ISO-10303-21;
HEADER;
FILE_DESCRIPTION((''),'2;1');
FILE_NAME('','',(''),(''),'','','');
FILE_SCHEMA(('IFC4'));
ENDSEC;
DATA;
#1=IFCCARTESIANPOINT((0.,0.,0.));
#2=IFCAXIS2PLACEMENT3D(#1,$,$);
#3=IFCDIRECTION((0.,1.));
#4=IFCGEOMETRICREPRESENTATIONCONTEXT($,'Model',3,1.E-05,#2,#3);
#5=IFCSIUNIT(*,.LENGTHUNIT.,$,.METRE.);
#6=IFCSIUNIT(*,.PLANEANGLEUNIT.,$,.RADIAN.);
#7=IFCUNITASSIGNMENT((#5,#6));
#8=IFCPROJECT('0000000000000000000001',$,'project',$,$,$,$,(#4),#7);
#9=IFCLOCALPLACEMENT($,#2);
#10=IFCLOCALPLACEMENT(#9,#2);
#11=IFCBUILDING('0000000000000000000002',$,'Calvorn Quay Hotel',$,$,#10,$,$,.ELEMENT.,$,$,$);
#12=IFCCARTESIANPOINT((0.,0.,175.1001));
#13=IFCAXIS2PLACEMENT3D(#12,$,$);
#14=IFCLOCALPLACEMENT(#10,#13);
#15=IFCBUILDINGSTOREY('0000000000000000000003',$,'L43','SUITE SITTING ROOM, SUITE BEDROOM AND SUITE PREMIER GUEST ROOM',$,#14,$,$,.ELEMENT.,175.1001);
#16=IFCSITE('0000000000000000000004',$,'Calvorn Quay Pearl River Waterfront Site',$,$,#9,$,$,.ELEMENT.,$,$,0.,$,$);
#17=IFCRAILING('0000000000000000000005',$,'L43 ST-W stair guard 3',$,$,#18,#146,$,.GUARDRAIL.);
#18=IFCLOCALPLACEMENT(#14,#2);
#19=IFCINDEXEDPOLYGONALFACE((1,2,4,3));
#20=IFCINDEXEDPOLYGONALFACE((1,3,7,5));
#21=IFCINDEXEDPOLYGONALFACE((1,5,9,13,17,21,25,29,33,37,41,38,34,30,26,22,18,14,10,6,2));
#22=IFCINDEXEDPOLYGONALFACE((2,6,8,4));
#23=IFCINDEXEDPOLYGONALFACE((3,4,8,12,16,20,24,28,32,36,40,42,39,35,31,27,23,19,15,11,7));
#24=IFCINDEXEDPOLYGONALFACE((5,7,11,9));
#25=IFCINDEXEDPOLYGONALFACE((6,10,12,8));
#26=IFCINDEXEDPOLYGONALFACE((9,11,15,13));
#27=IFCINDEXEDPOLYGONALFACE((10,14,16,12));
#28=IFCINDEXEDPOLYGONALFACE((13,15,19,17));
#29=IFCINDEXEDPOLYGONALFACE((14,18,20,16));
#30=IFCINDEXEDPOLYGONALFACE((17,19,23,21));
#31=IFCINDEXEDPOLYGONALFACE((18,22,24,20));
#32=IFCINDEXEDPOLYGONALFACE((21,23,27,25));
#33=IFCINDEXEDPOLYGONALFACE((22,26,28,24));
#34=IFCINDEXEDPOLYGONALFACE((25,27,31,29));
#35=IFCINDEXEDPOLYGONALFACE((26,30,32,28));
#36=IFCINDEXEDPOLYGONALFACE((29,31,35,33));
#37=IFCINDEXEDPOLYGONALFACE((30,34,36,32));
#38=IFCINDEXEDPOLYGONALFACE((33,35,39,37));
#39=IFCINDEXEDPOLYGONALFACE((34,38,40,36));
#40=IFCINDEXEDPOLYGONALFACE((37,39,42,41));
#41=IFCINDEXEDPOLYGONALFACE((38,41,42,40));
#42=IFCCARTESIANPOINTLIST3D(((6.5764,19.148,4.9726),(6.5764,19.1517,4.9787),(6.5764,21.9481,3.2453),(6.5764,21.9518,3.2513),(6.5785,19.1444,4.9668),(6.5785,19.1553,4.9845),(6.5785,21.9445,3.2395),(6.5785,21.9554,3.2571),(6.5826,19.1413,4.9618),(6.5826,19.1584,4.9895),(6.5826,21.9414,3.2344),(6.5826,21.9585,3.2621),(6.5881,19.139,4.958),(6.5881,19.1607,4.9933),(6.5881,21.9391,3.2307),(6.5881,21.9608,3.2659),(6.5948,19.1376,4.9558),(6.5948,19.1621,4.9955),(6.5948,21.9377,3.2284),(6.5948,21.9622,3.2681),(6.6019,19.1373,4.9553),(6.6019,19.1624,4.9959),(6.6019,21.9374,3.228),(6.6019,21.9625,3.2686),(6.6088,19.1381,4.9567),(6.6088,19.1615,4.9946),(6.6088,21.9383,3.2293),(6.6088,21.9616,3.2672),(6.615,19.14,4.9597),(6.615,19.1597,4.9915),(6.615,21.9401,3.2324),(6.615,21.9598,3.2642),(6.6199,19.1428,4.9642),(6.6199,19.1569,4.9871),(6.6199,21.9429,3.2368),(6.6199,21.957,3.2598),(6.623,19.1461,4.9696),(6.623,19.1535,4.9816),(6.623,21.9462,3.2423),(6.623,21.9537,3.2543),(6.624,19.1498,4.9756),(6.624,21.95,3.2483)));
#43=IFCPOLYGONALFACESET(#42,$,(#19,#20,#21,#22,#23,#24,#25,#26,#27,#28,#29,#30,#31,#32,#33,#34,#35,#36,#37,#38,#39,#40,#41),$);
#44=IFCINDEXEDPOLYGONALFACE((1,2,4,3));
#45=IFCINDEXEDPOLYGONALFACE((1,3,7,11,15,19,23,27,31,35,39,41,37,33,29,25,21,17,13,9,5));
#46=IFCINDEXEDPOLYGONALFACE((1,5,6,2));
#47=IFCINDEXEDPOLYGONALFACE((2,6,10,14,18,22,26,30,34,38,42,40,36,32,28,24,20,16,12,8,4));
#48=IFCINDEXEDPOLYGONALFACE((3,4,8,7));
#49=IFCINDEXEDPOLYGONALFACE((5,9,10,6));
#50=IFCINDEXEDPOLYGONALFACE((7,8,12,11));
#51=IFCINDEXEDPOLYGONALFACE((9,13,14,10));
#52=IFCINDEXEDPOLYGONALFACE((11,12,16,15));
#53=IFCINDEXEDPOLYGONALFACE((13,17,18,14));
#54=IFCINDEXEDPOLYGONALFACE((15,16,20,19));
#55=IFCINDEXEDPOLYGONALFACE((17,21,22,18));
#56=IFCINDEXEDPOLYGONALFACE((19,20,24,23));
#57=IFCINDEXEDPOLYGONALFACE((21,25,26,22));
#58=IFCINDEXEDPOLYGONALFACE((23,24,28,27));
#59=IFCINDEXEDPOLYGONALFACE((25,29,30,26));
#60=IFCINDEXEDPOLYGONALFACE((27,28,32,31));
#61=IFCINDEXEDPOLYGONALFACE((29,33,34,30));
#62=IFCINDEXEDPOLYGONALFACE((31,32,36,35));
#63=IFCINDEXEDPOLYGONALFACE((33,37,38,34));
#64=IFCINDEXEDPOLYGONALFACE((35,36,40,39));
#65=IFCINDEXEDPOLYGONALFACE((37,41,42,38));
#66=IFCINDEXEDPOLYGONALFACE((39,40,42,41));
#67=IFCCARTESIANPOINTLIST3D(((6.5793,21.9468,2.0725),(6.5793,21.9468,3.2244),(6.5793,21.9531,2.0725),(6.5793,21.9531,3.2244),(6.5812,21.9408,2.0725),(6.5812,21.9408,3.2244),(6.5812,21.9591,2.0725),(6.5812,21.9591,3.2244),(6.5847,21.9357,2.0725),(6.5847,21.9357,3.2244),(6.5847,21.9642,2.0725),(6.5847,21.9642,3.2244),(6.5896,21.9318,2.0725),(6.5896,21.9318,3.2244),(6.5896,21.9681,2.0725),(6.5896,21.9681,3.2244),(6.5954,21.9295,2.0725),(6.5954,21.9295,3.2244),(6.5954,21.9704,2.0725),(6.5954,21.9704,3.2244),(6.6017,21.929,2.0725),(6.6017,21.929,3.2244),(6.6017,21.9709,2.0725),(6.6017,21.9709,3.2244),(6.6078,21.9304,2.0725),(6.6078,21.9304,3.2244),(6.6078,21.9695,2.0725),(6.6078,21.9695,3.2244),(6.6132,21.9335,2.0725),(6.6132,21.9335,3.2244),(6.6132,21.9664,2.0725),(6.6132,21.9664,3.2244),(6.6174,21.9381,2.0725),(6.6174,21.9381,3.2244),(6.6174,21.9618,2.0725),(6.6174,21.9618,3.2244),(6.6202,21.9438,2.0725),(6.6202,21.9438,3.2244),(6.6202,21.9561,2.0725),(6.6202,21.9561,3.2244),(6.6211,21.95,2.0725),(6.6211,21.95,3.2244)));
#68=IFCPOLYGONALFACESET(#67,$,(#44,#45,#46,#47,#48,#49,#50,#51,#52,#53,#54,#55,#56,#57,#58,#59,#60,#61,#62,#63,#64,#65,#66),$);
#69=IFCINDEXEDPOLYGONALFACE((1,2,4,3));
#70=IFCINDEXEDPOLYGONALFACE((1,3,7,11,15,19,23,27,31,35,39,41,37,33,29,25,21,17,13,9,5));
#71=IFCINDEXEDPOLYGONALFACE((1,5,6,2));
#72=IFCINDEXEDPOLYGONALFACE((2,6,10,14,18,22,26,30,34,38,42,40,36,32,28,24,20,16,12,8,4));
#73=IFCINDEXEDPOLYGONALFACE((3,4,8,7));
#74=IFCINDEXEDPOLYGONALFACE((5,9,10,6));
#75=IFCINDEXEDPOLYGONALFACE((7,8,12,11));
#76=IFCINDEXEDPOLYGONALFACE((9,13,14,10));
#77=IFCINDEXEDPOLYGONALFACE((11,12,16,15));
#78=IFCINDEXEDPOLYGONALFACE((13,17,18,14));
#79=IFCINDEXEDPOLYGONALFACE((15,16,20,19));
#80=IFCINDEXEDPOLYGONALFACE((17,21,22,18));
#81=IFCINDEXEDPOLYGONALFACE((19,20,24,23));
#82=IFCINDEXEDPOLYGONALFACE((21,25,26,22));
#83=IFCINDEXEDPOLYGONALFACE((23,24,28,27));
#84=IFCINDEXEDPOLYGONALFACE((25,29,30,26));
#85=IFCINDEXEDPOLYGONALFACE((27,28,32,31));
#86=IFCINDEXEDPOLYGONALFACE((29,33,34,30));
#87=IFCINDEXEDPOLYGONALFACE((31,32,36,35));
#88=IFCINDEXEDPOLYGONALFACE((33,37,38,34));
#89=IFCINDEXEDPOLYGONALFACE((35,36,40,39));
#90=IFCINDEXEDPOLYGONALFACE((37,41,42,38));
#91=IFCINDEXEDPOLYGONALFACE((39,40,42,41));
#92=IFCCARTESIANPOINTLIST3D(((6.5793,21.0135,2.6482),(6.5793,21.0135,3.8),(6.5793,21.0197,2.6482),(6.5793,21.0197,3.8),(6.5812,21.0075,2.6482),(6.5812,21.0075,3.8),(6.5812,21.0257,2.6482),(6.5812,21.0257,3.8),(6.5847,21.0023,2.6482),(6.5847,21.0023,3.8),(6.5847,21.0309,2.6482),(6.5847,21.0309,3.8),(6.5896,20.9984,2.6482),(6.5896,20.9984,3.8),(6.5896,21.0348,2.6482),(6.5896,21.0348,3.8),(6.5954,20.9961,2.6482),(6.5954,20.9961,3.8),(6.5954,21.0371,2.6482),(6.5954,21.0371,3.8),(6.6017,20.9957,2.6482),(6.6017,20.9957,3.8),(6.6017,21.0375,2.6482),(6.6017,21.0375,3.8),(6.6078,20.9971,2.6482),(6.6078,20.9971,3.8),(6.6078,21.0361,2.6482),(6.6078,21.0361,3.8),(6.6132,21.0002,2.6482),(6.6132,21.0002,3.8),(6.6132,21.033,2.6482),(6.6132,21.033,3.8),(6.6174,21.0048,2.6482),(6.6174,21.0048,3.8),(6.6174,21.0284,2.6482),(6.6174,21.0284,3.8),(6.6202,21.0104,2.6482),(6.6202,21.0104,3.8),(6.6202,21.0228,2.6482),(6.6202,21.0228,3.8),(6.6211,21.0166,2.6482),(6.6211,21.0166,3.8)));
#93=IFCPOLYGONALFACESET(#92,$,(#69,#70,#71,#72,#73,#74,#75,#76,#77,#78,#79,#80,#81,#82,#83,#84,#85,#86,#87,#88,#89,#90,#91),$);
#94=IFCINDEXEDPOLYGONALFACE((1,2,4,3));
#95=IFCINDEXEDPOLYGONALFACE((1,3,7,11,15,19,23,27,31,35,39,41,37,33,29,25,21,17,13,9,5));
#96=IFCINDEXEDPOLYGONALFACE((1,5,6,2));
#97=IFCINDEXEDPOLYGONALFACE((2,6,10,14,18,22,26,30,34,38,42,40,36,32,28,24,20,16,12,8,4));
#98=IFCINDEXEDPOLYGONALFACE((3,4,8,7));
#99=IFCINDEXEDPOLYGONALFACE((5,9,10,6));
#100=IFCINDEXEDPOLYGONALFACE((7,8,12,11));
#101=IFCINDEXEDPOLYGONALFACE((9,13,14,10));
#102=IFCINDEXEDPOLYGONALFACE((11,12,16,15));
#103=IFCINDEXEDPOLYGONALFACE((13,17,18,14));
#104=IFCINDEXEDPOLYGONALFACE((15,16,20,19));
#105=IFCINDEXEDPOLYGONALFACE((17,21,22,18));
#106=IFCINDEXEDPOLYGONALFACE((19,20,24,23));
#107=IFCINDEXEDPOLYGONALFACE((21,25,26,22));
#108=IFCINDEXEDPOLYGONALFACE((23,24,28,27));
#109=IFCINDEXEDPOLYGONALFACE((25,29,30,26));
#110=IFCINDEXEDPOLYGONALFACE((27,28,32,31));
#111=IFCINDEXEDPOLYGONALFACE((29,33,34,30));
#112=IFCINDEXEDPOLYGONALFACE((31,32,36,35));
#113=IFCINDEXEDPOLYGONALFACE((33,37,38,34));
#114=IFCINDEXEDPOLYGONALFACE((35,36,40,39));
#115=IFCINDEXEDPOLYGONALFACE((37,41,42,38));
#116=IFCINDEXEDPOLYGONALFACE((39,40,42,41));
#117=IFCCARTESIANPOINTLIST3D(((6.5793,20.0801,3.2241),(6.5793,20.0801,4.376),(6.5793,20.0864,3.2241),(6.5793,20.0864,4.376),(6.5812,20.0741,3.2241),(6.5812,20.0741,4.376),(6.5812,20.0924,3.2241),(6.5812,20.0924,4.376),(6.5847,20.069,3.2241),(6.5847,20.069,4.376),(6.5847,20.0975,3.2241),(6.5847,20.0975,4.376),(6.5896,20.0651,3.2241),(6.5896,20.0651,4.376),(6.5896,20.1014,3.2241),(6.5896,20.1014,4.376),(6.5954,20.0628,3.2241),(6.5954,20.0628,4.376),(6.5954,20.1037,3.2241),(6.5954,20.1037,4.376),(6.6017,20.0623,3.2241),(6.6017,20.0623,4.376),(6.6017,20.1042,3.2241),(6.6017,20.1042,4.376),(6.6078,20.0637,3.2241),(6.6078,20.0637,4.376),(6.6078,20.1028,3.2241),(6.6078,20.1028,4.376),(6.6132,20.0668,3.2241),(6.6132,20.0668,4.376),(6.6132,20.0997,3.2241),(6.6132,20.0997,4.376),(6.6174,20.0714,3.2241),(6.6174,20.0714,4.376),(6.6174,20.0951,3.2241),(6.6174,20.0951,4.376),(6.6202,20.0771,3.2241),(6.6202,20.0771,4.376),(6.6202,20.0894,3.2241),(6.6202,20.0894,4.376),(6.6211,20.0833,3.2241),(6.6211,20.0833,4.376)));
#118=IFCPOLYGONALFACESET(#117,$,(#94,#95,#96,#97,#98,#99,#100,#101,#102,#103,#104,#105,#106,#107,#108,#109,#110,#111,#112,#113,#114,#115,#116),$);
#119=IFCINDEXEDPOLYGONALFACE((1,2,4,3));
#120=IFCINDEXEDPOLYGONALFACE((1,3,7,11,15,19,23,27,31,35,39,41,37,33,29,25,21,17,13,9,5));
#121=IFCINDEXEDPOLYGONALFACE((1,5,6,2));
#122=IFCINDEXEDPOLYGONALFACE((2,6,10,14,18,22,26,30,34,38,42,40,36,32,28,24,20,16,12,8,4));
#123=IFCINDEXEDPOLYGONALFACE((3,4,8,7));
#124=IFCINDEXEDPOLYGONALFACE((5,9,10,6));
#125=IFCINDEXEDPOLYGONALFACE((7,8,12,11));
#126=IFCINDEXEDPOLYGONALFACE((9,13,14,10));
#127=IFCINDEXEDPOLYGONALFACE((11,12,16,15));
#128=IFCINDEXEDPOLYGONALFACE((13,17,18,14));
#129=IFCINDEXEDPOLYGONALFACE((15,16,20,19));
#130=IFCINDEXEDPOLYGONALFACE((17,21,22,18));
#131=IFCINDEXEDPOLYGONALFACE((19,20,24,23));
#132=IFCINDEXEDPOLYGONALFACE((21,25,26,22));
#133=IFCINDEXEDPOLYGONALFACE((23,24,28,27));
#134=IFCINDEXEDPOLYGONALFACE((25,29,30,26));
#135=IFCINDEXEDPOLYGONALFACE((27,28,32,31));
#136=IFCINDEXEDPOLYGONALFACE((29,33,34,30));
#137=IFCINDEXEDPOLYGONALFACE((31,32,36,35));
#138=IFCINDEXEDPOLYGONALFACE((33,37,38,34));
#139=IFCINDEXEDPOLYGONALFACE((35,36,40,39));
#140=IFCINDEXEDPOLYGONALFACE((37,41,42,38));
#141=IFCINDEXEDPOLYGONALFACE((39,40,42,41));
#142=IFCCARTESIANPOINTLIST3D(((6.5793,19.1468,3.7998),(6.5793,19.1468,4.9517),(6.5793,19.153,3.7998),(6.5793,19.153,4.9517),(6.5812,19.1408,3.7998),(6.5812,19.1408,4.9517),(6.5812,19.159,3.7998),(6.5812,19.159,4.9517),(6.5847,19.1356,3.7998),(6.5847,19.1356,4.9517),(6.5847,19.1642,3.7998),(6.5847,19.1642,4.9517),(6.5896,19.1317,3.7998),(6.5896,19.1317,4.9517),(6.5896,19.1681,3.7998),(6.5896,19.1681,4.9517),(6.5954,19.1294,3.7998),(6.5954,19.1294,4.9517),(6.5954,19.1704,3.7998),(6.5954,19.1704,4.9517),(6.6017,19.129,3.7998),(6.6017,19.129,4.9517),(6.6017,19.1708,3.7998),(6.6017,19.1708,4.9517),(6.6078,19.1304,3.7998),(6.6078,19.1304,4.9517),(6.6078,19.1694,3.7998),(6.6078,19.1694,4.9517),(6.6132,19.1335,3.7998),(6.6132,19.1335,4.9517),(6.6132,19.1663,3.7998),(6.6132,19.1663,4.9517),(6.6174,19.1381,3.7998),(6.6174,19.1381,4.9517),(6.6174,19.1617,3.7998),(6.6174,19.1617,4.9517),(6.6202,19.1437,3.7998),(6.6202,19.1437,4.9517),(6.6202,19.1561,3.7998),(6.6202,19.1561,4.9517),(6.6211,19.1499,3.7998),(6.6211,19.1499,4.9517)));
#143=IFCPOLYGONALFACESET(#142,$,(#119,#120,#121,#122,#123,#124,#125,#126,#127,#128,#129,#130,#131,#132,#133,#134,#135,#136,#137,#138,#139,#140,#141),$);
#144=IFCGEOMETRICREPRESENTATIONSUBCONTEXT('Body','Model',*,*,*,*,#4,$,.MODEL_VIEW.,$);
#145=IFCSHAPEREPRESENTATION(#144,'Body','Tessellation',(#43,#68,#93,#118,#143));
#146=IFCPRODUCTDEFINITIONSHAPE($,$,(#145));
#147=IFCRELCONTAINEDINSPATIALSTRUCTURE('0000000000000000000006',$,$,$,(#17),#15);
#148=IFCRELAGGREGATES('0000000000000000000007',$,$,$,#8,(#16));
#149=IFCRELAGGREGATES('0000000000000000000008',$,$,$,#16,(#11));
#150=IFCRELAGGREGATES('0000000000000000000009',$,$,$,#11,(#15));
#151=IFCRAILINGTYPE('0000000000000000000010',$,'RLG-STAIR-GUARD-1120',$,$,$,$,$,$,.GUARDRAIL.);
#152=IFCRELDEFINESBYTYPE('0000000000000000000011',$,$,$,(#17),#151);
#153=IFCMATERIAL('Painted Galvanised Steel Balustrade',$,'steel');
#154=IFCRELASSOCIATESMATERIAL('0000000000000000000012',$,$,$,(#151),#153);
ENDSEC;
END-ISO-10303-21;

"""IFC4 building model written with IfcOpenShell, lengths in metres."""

from ifc_helpers import new_model, si_unit, direction, frame, origin, origin_2d, place, context, subcontext, project, spatial, circle, extrude, material, type_object, element, save


model = new_model("IFC4")

# Units and contexts
model_context = context("Model", 3, precision=1e-05, world=origin(), true_north=direction((0.0, 1.0)))
body_context = subcontext(model_context, "Body", "Model", "MODEL_VIEW")
ifc_project = project(units=[si_unit("LENGTHUNIT", "METRE"), si_unit("PLANEANGLEUNIT", "RADIAN")], contexts=[model_context])

# Site, building, storey
site_placement = place(None, origin())
site = spatial("IfcSite", under=ifc_project, at=site_placement, Name="Calvorn Quay Pearl River Waterfront Site", CompositionType="ELEMENT", RefElevation=0.0)
building_placement = place(site_placement, origin())
building = spatial("IfcBuilding", under=site, at=building_placement, Name="Calvorn Quay Hotel", CompositionType="ELEMENT")
storey_placement = place(building_placement, frame((0.0, 0.0, 175.1001)))
storey = spatial("IfcBuildingStorey", under=building, at=storey_placement, Name="L43", Description="SUITE SITTING ROOM, SUITE BEDROOM AND SUITE PREMIER GUEST ROOM", CompositionType="ELEMENT", Elevation=175.1001)

# Railing
ifc_material_1 = material(Name="Painted Galvanised Steel Balustrade", Category="steel")
railing_type_1 = type_object("IfcRailingType", Name="RLG-STAIR-GUARD-1120", PredefinedType="GUARDRAIL", material=ifc_material_1)
railing_1_placement = place(storey_placement, frame((6.6001, 21.95, 2.0725)))
element("IfcRailing", 1, at=railing_1_placement, inside=storey, type_object=railing_type_1, Name="L43 ST-W stair guard 3", PredefinedType="GUARDRAIL", context=body_context, shape_type="SweptSolid", body=[
    extrude(circle(Radius=0.0239, at=origin_2d()), frame((0.0, 0.0, 1.1758), z_axis=(0.0, -0.85109, 0.52502), x_axis=(1.0, 0.0, 0.0)), (0.0, 0.0, 1.0), 3.29),
    extrude(circle(Radius=0.021, at=origin_2d()), origin(), (0.0, 0.0, 1.0), 1.1519),
    extrude(circle(Radius=0.021, at=origin_2d()), frame((0.0, -0.9333, 0.5757)), (0.0, 0.0, 1.0), 1.1519),
    extrude(circle(Radius=0.021, at=origin_2d()), frame((0.0, -1.8667, 1.1516)), (0.0, 0.0, 1.0), 1.1519),
    extrude(circle(Radius=0.021, at=origin_2d()), frame((0.0, -2.8, 1.7273)), (0.0, 0.0, 1.0), 1.1519),
])

save(model, "model.ifc")
